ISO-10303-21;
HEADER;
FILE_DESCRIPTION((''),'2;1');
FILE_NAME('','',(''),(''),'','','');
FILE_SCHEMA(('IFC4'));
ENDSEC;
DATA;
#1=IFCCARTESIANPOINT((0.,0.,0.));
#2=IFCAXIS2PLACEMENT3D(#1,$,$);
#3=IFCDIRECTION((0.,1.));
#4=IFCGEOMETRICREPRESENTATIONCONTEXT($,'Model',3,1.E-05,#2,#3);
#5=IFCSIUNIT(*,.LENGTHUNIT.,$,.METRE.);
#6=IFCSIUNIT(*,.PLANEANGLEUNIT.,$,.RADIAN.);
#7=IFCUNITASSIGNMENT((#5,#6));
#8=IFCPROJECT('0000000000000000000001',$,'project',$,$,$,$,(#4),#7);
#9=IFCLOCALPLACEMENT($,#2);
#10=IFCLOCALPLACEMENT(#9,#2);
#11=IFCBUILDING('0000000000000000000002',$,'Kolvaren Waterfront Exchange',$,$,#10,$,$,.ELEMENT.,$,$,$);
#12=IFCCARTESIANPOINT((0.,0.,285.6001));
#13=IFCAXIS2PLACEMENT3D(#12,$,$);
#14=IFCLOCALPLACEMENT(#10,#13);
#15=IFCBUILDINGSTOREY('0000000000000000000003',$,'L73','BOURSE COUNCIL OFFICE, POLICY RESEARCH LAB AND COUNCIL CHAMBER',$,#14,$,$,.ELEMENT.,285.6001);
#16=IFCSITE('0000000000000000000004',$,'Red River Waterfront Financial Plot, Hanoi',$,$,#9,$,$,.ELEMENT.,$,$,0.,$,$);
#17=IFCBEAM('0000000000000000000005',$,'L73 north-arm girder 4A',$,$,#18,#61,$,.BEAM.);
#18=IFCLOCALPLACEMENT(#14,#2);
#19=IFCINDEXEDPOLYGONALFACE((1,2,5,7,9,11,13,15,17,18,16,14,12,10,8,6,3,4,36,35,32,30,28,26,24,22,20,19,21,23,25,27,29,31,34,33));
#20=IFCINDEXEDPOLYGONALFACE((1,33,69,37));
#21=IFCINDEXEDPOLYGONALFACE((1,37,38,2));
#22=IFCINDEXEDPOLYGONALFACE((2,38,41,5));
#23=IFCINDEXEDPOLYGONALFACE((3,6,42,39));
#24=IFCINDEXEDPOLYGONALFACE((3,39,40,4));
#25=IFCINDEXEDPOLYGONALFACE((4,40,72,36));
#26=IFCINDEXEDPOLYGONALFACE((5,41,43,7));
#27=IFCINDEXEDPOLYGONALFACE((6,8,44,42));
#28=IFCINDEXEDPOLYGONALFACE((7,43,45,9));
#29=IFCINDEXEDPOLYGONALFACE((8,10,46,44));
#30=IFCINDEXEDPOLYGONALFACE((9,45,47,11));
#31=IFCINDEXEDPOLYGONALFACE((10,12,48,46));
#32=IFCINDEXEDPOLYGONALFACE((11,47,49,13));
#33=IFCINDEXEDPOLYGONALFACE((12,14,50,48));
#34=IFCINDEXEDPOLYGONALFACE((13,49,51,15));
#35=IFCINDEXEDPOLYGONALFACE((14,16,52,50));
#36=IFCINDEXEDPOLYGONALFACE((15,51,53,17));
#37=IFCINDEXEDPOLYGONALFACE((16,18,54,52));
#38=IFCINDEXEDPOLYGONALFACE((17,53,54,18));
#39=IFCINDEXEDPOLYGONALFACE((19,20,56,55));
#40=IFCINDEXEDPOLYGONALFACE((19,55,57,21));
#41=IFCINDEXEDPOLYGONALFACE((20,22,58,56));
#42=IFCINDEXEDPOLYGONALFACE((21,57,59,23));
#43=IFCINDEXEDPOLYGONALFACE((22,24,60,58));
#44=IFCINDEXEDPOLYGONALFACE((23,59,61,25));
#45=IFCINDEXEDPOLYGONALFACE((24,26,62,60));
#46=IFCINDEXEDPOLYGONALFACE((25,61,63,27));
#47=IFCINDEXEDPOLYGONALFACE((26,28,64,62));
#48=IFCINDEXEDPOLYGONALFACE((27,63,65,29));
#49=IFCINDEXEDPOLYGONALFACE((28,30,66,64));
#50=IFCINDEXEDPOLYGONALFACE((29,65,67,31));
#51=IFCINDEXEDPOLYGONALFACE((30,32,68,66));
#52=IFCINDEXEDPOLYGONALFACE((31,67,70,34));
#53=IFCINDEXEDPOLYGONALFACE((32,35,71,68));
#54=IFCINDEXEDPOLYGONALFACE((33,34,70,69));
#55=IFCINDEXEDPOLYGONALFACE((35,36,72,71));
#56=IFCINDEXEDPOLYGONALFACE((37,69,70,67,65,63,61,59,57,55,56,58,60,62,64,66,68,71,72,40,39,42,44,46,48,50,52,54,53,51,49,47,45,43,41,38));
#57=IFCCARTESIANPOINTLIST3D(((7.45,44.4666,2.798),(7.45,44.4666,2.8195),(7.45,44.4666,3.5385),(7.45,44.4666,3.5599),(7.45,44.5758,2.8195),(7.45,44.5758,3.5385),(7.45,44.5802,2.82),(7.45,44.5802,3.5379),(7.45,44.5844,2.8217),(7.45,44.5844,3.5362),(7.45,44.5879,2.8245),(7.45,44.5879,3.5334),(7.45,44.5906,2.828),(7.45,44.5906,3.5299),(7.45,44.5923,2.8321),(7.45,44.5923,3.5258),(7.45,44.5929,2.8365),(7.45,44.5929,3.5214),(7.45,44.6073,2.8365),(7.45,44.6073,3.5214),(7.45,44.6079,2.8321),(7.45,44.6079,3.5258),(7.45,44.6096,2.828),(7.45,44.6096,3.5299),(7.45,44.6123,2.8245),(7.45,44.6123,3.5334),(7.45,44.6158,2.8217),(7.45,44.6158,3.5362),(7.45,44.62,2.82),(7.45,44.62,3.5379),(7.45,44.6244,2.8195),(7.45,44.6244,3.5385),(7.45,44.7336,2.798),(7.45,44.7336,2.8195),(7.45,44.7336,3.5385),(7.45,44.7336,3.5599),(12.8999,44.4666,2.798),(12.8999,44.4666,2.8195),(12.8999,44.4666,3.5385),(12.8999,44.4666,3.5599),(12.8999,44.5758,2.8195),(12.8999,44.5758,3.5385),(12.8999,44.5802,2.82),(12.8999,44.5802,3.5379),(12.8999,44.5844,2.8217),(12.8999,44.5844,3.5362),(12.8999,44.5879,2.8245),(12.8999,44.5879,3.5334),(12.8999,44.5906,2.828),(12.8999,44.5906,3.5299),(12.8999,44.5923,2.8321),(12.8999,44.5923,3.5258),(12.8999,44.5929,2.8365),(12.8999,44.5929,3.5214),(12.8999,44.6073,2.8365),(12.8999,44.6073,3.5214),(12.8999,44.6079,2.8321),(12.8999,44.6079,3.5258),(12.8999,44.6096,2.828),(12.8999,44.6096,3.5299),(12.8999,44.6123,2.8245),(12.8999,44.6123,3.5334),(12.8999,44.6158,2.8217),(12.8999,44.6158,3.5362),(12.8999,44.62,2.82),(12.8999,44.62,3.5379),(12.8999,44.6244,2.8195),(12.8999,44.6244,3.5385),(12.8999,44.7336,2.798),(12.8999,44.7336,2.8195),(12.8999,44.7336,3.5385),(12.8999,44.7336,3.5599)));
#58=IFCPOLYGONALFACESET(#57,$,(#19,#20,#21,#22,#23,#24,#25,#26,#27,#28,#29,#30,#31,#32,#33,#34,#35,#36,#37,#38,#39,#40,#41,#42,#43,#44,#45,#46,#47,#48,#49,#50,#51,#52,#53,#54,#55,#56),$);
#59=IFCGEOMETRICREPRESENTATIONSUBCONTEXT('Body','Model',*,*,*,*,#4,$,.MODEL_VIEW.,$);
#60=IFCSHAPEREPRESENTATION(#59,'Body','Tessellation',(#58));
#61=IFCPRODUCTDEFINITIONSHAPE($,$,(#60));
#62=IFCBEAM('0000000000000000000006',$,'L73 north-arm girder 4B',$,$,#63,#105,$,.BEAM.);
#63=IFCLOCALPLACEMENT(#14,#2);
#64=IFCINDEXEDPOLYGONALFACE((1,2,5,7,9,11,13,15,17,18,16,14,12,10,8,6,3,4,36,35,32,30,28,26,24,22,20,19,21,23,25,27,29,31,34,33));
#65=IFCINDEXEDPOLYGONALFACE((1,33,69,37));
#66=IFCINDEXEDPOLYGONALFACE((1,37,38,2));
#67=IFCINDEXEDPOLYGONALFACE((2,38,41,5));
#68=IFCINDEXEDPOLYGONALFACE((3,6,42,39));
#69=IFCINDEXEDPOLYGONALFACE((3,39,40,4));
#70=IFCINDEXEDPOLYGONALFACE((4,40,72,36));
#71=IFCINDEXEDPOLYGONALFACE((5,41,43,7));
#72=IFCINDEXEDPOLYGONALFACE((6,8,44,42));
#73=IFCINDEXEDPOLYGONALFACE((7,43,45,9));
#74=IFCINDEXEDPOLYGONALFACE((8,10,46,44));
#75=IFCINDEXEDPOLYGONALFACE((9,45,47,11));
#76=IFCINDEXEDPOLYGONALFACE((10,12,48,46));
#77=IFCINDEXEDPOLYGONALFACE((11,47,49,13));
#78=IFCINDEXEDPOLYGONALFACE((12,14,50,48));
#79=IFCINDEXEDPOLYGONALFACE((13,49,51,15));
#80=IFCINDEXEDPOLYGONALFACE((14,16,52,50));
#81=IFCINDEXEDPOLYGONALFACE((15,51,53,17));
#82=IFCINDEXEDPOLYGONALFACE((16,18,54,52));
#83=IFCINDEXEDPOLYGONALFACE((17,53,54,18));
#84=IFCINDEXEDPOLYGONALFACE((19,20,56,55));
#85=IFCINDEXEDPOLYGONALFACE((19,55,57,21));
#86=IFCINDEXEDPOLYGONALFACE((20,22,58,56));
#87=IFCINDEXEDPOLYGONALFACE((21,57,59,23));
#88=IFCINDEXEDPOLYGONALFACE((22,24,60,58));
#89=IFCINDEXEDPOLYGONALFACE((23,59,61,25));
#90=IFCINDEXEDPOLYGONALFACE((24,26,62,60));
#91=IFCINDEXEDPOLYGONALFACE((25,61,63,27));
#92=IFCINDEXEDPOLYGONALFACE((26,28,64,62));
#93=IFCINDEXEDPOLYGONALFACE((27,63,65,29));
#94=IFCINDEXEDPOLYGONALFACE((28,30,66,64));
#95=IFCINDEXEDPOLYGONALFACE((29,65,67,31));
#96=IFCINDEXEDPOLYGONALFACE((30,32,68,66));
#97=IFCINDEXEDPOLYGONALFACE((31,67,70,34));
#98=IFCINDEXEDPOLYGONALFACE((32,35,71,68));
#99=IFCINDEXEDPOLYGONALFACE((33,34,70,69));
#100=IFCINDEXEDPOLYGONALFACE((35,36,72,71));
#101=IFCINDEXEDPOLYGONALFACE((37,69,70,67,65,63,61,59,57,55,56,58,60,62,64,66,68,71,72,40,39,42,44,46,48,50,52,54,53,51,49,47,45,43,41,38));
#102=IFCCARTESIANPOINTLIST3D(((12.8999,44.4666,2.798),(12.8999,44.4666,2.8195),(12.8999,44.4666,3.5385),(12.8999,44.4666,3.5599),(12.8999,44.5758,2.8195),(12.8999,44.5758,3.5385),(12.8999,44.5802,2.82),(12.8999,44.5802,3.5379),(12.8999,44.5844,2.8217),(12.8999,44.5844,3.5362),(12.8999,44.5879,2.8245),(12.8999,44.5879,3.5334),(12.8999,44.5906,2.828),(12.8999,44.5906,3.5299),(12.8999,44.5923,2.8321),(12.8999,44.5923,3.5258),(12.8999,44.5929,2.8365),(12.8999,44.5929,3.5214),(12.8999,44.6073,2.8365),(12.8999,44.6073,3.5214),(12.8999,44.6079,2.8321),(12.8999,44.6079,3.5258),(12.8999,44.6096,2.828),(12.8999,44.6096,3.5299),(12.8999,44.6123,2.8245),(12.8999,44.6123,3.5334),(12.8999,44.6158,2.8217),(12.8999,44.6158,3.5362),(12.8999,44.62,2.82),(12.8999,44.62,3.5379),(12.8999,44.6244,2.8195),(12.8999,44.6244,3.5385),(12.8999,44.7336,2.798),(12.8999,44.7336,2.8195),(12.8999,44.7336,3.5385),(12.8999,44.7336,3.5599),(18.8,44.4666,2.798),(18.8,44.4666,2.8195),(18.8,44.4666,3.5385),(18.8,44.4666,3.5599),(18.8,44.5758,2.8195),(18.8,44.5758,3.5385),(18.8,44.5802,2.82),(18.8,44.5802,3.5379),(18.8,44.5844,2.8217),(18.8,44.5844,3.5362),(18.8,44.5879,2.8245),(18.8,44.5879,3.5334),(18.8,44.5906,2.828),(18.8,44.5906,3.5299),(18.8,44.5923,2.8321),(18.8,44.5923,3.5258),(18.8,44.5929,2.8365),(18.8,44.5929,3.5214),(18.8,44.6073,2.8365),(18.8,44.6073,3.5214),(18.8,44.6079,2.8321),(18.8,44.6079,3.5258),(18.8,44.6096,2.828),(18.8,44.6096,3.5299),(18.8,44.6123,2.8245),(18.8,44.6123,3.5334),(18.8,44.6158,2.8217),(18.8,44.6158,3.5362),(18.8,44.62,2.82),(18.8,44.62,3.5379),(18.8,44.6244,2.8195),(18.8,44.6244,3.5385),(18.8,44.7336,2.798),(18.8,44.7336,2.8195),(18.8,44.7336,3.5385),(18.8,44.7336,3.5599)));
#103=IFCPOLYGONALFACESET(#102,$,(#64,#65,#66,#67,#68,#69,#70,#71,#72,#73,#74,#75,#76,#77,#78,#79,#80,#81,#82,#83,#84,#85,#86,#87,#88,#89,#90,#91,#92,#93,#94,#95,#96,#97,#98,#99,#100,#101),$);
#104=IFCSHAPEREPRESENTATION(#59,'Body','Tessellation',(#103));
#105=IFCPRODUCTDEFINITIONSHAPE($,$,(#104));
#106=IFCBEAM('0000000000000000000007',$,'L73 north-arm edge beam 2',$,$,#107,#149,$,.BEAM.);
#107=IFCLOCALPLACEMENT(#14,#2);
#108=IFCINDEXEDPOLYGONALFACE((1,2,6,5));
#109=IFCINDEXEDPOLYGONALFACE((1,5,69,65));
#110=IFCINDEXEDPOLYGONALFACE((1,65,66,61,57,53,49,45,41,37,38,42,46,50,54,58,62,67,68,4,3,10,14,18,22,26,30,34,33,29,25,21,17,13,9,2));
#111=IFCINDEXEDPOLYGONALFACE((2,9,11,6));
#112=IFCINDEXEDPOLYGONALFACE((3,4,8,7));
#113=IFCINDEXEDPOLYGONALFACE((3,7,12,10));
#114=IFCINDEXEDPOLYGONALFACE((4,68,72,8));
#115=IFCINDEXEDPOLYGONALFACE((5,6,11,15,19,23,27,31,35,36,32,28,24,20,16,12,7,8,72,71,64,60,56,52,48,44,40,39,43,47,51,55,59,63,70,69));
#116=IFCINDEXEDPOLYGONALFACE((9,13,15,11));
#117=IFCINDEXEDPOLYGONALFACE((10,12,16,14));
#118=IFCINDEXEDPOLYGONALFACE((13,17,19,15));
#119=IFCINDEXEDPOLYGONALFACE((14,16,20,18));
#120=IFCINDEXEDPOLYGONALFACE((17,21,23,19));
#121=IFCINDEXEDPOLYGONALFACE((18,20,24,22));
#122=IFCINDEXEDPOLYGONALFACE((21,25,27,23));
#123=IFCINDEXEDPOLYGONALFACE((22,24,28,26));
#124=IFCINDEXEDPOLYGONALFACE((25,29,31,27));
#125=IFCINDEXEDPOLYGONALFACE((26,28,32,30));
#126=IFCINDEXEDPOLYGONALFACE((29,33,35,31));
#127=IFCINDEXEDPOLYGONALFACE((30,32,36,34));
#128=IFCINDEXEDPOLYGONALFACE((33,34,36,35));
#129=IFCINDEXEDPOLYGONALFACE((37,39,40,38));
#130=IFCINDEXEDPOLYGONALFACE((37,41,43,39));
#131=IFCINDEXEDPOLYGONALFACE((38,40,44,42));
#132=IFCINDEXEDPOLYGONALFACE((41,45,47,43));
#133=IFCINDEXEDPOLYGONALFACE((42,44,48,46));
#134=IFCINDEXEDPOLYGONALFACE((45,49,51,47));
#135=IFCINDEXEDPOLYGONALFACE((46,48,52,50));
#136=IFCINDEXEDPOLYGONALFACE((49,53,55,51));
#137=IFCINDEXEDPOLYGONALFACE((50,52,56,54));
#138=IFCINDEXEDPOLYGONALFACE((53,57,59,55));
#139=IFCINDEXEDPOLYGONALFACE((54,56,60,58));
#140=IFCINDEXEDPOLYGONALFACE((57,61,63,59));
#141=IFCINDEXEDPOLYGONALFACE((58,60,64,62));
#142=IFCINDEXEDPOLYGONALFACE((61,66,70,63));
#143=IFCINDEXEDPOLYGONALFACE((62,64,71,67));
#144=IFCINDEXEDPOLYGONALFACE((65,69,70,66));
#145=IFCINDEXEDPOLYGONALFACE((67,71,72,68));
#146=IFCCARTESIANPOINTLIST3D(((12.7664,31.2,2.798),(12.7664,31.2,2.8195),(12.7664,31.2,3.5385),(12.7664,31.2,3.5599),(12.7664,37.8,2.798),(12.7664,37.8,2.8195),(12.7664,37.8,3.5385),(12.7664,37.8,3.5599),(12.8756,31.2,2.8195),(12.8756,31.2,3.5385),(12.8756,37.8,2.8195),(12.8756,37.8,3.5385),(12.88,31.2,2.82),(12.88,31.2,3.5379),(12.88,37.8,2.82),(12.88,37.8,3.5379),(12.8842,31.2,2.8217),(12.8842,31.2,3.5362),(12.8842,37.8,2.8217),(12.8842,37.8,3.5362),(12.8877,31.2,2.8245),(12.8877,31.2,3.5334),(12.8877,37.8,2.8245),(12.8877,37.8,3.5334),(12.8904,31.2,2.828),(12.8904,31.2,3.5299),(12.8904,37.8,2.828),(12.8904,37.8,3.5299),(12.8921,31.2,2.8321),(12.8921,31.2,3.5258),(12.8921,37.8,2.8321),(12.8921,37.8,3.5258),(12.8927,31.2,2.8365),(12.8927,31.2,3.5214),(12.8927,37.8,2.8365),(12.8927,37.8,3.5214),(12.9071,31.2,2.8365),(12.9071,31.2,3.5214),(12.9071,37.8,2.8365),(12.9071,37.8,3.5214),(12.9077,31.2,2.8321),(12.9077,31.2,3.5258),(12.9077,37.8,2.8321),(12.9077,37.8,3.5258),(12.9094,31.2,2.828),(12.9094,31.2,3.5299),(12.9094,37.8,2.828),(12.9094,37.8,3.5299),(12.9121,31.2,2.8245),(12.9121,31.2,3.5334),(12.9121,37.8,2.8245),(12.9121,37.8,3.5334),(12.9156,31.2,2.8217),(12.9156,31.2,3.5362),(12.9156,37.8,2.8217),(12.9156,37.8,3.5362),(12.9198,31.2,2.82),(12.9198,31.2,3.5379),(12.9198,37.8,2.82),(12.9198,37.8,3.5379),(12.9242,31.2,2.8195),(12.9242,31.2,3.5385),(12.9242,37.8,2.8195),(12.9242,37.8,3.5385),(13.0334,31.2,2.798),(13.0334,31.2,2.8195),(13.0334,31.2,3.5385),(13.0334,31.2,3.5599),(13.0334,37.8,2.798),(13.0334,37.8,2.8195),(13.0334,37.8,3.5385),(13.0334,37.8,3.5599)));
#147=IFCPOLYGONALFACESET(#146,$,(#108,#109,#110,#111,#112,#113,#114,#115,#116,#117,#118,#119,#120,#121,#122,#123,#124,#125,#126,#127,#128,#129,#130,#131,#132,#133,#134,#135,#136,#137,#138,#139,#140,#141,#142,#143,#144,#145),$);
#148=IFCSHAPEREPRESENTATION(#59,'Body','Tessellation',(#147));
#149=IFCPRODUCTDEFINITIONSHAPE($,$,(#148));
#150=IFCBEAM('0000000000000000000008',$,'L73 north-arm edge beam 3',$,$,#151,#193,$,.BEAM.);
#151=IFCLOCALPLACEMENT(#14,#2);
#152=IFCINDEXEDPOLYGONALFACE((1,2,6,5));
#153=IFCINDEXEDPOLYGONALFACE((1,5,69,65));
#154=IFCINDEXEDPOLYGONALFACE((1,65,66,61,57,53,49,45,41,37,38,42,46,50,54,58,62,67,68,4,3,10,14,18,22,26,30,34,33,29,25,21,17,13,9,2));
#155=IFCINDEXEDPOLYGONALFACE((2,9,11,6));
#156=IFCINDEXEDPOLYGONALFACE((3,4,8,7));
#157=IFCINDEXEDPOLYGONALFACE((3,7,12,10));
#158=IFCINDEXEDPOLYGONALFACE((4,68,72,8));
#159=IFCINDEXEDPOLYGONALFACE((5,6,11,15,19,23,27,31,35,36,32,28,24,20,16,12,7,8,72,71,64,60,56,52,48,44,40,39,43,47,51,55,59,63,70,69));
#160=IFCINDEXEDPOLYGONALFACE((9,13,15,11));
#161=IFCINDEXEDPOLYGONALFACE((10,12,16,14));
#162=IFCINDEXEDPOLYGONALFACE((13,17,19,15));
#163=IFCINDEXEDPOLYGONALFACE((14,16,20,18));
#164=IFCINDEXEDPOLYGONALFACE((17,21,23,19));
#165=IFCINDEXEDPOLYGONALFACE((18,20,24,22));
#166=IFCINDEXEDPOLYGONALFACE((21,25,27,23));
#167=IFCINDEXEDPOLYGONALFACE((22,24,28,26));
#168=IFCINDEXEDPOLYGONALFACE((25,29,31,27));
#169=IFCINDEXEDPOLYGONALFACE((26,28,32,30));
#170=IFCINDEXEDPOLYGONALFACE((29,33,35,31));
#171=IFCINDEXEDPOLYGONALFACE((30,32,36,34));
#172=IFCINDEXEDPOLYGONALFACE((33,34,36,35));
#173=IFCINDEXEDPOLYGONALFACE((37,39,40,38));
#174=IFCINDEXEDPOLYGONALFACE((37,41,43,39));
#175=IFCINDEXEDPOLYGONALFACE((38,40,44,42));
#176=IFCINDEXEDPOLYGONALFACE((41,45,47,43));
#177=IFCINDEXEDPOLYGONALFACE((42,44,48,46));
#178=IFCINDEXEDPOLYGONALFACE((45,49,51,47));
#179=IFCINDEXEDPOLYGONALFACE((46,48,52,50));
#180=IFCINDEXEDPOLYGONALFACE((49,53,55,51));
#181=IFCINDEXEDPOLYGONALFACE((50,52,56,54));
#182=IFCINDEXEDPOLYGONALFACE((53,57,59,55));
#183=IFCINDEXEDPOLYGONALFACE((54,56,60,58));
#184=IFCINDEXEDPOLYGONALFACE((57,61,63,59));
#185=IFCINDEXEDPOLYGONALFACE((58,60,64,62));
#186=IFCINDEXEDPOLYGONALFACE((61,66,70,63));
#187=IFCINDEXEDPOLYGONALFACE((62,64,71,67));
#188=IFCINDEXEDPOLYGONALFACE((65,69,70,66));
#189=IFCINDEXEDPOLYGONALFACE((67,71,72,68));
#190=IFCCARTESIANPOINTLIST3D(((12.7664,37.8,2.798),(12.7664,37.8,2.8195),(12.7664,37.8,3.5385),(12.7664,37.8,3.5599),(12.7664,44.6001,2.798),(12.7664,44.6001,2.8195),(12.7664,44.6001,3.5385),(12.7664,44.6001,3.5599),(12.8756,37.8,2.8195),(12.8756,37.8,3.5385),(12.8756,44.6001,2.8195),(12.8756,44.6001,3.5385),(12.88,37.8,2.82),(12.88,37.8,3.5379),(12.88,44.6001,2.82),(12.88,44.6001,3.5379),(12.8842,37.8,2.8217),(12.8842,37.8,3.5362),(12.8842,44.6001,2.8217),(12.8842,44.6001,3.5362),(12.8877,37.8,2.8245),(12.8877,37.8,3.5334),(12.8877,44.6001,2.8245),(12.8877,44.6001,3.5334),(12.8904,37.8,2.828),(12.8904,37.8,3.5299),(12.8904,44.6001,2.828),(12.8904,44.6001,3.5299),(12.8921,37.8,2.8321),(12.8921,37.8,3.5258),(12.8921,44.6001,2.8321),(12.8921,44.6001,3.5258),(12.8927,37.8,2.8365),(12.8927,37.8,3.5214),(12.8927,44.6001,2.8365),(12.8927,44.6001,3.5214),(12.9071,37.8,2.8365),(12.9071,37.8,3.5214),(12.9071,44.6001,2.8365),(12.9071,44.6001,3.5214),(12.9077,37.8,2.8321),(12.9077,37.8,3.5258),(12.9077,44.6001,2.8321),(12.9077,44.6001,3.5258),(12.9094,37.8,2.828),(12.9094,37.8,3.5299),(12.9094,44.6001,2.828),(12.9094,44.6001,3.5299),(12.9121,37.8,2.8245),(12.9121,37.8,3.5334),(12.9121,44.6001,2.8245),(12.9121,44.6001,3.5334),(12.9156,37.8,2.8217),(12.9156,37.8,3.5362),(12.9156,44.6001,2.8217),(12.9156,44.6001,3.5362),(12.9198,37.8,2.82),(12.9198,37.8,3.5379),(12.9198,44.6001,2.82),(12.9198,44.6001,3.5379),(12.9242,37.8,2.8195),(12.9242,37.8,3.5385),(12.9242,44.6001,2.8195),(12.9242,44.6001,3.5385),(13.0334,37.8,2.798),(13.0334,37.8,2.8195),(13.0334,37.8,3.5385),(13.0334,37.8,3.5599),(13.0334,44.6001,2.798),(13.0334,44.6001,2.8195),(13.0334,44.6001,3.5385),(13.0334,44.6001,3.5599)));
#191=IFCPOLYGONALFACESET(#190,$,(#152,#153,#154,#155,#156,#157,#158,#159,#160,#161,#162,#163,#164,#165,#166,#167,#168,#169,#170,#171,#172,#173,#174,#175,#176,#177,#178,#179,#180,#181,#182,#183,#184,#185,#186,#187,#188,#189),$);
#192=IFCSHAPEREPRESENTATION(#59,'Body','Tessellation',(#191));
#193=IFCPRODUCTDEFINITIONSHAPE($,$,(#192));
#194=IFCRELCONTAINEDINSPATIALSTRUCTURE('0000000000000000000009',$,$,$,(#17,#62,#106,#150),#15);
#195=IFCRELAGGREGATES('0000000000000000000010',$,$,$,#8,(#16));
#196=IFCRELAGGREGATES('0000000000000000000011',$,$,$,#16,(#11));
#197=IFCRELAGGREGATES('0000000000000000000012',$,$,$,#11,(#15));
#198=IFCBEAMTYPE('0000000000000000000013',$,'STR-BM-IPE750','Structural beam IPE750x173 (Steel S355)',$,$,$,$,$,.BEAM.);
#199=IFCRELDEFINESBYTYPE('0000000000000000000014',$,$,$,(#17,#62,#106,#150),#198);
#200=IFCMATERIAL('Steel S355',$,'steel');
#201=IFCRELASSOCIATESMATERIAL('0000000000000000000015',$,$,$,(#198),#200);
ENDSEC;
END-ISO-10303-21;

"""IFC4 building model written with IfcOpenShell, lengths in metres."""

from ifc_helpers import new_model, si_unit, direction, frame, origin, origin_2d, place, context, subcontext, project, spatial, i_section, extrude, material, material_profile, profile_set, type_object, element, save


model = new_model("IFC4")

# Units and contexts
model_context = context("Model", 3, precision=1e-05, world=origin(), true_north=direction((0.0, 1.0)))
body_context = subcontext(model_context, "Body", "Model", "MODEL_VIEW")
ifc_project = project(units=[si_unit("LENGTHUNIT", "METRE"), si_unit("PLANEANGLEUNIT", "RADIAN")], contexts=[model_context])

# Site, building, storey
site_placement = place(None, origin())
site = spatial("IfcSite", under=ifc_project, at=site_placement, Name="Red River Waterfront Financial Plot, Hanoi", CompositionType="ELEMENT", RefElevation=0.0)
building_placement = place(site_placement, origin())
building = spatial("IfcBuilding", under=site, at=building_placement, Name="Kolvaren Waterfront Exchange", CompositionType="ELEMENT")
storey_placement = place(building_placement, frame((0.0, 0.0, 285.6001)))
storey = spatial("IfcBuildingStorey", under=building, at=storey_placement, Name="L73", Description="BOURSE COUNCIL OFFICE, POLICY RESEARCH LAB AND COUNCIL CHAMBER", CompositionType="ELEMENT", Elevation=285.6001)

# Beams
ifc_material_1 = material(Name="Steel S355", Category="steel")
ifc_material_profile_1 = material_profile(ifc_material_1, i_section(OverallWidth=0.2671, OverallDepth=0.762, WebThickness=0.0144, FlangeThickness=0.0215, FilletRadius=0.0171, at=origin_2d()), Name="IPE750x173")
ifc_profile_set_1 = profile_set([ifc_material_profile_1], Name="Steel S355")
beam_type_1 = type_object("IfcBeamType", Name="STR-BM-IPE750", Description="Structural beam IPE750x173 (Steel S355)", PredefinedType="BEAM", material=ifc_profile_set_1)
beam_1_placement = place(storey_placement, frame((7.45, 44.6001, 3.179), z_axis=(1.0, 0.0, 0.0), x_axis=(0.0, 1.0, 0.0)))
element("IfcBeam", 1, at=beam_1_placement, inside=storey, type_object=beam_type_1, Name="L73 north-arm girder 4A", PredefinedType="BEAM", context=body_context, shape_type="SweptSolid", body=[
    extrude(i_section(OverallWidth=0.2671, OverallDepth=0.762, WebThickness=0.0144, FlangeThickness=0.0215, FilletRadius=0.0171, at=origin_2d()), origin(), (0.0, 0.0, 1.0), 5.45),
])
beam_2_placement = place(storey_placement, frame((12.8999, 44.6001, 3.179), z_axis=(1.0, 0.0, 0.0), x_axis=(0.0, 1.0, 0.0)))
element("IfcBeam", 2, at=beam_2_placement, inside=storey, type_object=beam_type_1, Name="L73 north-arm girder 4B", PredefinedType="BEAM", context=body_context, shape_type="SweptSolid", body=[
    extrude(i_section(OverallWidth=0.2671, OverallDepth=0.762, WebThickness=0.0144, FlangeThickness=0.0215, FilletRadius=0.0171, at=origin_2d()), origin(), (0.0, 0.0, 1.0), 5.9001),
])
beam_3_placement = place(storey_placement, frame((12.8999, 31.2, 3.179), z_axis=(0.0, 1.0, 0.0), x_axis=(-1.0, 0.0, 0.0)))
element("IfcBeam", 3, at=beam_3_placement, inside=storey, type_object=beam_type_1, Name="L73 north-arm edge beam 2", PredefinedType="BEAM", context=body_context, shape_type="SweptSolid", body=[
    extrude(i_section(OverallWidth=0.2671, OverallDepth=0.762, WebThickness=0.0144, FlangeThickness=0.0215, FilletRadius=0.0171, at=origin_2d()), origin(), (0.0, 0.0, 1.0), 6.6001),
])
beam_4_placement = place(storey_placement, frame((12.8999, 37.8, 3.179), z_axis=(0.0, 1.0, 0.0), x_axis=(-1.0, 0.0, 0.0)))
element("IfcBeam", 4, at=beam_4_placement, inside=storey, type_object=beam_type_1, Name="L73 north-arm edge beam 3", PredefinedType="BEAM", context=body_context, shape_type="SweptSolid", body=[
    extrude(i_section(OverallWidth=0.2671, OverallDepth=0.762, WebThickness=0.0144, FlangeThickness=0.0215, FilletRadius=0.0171, at=origin_2d()), origin(), (0.0, 0.0, 1.0), 6.8),
])

save(model, "model.ifc")
